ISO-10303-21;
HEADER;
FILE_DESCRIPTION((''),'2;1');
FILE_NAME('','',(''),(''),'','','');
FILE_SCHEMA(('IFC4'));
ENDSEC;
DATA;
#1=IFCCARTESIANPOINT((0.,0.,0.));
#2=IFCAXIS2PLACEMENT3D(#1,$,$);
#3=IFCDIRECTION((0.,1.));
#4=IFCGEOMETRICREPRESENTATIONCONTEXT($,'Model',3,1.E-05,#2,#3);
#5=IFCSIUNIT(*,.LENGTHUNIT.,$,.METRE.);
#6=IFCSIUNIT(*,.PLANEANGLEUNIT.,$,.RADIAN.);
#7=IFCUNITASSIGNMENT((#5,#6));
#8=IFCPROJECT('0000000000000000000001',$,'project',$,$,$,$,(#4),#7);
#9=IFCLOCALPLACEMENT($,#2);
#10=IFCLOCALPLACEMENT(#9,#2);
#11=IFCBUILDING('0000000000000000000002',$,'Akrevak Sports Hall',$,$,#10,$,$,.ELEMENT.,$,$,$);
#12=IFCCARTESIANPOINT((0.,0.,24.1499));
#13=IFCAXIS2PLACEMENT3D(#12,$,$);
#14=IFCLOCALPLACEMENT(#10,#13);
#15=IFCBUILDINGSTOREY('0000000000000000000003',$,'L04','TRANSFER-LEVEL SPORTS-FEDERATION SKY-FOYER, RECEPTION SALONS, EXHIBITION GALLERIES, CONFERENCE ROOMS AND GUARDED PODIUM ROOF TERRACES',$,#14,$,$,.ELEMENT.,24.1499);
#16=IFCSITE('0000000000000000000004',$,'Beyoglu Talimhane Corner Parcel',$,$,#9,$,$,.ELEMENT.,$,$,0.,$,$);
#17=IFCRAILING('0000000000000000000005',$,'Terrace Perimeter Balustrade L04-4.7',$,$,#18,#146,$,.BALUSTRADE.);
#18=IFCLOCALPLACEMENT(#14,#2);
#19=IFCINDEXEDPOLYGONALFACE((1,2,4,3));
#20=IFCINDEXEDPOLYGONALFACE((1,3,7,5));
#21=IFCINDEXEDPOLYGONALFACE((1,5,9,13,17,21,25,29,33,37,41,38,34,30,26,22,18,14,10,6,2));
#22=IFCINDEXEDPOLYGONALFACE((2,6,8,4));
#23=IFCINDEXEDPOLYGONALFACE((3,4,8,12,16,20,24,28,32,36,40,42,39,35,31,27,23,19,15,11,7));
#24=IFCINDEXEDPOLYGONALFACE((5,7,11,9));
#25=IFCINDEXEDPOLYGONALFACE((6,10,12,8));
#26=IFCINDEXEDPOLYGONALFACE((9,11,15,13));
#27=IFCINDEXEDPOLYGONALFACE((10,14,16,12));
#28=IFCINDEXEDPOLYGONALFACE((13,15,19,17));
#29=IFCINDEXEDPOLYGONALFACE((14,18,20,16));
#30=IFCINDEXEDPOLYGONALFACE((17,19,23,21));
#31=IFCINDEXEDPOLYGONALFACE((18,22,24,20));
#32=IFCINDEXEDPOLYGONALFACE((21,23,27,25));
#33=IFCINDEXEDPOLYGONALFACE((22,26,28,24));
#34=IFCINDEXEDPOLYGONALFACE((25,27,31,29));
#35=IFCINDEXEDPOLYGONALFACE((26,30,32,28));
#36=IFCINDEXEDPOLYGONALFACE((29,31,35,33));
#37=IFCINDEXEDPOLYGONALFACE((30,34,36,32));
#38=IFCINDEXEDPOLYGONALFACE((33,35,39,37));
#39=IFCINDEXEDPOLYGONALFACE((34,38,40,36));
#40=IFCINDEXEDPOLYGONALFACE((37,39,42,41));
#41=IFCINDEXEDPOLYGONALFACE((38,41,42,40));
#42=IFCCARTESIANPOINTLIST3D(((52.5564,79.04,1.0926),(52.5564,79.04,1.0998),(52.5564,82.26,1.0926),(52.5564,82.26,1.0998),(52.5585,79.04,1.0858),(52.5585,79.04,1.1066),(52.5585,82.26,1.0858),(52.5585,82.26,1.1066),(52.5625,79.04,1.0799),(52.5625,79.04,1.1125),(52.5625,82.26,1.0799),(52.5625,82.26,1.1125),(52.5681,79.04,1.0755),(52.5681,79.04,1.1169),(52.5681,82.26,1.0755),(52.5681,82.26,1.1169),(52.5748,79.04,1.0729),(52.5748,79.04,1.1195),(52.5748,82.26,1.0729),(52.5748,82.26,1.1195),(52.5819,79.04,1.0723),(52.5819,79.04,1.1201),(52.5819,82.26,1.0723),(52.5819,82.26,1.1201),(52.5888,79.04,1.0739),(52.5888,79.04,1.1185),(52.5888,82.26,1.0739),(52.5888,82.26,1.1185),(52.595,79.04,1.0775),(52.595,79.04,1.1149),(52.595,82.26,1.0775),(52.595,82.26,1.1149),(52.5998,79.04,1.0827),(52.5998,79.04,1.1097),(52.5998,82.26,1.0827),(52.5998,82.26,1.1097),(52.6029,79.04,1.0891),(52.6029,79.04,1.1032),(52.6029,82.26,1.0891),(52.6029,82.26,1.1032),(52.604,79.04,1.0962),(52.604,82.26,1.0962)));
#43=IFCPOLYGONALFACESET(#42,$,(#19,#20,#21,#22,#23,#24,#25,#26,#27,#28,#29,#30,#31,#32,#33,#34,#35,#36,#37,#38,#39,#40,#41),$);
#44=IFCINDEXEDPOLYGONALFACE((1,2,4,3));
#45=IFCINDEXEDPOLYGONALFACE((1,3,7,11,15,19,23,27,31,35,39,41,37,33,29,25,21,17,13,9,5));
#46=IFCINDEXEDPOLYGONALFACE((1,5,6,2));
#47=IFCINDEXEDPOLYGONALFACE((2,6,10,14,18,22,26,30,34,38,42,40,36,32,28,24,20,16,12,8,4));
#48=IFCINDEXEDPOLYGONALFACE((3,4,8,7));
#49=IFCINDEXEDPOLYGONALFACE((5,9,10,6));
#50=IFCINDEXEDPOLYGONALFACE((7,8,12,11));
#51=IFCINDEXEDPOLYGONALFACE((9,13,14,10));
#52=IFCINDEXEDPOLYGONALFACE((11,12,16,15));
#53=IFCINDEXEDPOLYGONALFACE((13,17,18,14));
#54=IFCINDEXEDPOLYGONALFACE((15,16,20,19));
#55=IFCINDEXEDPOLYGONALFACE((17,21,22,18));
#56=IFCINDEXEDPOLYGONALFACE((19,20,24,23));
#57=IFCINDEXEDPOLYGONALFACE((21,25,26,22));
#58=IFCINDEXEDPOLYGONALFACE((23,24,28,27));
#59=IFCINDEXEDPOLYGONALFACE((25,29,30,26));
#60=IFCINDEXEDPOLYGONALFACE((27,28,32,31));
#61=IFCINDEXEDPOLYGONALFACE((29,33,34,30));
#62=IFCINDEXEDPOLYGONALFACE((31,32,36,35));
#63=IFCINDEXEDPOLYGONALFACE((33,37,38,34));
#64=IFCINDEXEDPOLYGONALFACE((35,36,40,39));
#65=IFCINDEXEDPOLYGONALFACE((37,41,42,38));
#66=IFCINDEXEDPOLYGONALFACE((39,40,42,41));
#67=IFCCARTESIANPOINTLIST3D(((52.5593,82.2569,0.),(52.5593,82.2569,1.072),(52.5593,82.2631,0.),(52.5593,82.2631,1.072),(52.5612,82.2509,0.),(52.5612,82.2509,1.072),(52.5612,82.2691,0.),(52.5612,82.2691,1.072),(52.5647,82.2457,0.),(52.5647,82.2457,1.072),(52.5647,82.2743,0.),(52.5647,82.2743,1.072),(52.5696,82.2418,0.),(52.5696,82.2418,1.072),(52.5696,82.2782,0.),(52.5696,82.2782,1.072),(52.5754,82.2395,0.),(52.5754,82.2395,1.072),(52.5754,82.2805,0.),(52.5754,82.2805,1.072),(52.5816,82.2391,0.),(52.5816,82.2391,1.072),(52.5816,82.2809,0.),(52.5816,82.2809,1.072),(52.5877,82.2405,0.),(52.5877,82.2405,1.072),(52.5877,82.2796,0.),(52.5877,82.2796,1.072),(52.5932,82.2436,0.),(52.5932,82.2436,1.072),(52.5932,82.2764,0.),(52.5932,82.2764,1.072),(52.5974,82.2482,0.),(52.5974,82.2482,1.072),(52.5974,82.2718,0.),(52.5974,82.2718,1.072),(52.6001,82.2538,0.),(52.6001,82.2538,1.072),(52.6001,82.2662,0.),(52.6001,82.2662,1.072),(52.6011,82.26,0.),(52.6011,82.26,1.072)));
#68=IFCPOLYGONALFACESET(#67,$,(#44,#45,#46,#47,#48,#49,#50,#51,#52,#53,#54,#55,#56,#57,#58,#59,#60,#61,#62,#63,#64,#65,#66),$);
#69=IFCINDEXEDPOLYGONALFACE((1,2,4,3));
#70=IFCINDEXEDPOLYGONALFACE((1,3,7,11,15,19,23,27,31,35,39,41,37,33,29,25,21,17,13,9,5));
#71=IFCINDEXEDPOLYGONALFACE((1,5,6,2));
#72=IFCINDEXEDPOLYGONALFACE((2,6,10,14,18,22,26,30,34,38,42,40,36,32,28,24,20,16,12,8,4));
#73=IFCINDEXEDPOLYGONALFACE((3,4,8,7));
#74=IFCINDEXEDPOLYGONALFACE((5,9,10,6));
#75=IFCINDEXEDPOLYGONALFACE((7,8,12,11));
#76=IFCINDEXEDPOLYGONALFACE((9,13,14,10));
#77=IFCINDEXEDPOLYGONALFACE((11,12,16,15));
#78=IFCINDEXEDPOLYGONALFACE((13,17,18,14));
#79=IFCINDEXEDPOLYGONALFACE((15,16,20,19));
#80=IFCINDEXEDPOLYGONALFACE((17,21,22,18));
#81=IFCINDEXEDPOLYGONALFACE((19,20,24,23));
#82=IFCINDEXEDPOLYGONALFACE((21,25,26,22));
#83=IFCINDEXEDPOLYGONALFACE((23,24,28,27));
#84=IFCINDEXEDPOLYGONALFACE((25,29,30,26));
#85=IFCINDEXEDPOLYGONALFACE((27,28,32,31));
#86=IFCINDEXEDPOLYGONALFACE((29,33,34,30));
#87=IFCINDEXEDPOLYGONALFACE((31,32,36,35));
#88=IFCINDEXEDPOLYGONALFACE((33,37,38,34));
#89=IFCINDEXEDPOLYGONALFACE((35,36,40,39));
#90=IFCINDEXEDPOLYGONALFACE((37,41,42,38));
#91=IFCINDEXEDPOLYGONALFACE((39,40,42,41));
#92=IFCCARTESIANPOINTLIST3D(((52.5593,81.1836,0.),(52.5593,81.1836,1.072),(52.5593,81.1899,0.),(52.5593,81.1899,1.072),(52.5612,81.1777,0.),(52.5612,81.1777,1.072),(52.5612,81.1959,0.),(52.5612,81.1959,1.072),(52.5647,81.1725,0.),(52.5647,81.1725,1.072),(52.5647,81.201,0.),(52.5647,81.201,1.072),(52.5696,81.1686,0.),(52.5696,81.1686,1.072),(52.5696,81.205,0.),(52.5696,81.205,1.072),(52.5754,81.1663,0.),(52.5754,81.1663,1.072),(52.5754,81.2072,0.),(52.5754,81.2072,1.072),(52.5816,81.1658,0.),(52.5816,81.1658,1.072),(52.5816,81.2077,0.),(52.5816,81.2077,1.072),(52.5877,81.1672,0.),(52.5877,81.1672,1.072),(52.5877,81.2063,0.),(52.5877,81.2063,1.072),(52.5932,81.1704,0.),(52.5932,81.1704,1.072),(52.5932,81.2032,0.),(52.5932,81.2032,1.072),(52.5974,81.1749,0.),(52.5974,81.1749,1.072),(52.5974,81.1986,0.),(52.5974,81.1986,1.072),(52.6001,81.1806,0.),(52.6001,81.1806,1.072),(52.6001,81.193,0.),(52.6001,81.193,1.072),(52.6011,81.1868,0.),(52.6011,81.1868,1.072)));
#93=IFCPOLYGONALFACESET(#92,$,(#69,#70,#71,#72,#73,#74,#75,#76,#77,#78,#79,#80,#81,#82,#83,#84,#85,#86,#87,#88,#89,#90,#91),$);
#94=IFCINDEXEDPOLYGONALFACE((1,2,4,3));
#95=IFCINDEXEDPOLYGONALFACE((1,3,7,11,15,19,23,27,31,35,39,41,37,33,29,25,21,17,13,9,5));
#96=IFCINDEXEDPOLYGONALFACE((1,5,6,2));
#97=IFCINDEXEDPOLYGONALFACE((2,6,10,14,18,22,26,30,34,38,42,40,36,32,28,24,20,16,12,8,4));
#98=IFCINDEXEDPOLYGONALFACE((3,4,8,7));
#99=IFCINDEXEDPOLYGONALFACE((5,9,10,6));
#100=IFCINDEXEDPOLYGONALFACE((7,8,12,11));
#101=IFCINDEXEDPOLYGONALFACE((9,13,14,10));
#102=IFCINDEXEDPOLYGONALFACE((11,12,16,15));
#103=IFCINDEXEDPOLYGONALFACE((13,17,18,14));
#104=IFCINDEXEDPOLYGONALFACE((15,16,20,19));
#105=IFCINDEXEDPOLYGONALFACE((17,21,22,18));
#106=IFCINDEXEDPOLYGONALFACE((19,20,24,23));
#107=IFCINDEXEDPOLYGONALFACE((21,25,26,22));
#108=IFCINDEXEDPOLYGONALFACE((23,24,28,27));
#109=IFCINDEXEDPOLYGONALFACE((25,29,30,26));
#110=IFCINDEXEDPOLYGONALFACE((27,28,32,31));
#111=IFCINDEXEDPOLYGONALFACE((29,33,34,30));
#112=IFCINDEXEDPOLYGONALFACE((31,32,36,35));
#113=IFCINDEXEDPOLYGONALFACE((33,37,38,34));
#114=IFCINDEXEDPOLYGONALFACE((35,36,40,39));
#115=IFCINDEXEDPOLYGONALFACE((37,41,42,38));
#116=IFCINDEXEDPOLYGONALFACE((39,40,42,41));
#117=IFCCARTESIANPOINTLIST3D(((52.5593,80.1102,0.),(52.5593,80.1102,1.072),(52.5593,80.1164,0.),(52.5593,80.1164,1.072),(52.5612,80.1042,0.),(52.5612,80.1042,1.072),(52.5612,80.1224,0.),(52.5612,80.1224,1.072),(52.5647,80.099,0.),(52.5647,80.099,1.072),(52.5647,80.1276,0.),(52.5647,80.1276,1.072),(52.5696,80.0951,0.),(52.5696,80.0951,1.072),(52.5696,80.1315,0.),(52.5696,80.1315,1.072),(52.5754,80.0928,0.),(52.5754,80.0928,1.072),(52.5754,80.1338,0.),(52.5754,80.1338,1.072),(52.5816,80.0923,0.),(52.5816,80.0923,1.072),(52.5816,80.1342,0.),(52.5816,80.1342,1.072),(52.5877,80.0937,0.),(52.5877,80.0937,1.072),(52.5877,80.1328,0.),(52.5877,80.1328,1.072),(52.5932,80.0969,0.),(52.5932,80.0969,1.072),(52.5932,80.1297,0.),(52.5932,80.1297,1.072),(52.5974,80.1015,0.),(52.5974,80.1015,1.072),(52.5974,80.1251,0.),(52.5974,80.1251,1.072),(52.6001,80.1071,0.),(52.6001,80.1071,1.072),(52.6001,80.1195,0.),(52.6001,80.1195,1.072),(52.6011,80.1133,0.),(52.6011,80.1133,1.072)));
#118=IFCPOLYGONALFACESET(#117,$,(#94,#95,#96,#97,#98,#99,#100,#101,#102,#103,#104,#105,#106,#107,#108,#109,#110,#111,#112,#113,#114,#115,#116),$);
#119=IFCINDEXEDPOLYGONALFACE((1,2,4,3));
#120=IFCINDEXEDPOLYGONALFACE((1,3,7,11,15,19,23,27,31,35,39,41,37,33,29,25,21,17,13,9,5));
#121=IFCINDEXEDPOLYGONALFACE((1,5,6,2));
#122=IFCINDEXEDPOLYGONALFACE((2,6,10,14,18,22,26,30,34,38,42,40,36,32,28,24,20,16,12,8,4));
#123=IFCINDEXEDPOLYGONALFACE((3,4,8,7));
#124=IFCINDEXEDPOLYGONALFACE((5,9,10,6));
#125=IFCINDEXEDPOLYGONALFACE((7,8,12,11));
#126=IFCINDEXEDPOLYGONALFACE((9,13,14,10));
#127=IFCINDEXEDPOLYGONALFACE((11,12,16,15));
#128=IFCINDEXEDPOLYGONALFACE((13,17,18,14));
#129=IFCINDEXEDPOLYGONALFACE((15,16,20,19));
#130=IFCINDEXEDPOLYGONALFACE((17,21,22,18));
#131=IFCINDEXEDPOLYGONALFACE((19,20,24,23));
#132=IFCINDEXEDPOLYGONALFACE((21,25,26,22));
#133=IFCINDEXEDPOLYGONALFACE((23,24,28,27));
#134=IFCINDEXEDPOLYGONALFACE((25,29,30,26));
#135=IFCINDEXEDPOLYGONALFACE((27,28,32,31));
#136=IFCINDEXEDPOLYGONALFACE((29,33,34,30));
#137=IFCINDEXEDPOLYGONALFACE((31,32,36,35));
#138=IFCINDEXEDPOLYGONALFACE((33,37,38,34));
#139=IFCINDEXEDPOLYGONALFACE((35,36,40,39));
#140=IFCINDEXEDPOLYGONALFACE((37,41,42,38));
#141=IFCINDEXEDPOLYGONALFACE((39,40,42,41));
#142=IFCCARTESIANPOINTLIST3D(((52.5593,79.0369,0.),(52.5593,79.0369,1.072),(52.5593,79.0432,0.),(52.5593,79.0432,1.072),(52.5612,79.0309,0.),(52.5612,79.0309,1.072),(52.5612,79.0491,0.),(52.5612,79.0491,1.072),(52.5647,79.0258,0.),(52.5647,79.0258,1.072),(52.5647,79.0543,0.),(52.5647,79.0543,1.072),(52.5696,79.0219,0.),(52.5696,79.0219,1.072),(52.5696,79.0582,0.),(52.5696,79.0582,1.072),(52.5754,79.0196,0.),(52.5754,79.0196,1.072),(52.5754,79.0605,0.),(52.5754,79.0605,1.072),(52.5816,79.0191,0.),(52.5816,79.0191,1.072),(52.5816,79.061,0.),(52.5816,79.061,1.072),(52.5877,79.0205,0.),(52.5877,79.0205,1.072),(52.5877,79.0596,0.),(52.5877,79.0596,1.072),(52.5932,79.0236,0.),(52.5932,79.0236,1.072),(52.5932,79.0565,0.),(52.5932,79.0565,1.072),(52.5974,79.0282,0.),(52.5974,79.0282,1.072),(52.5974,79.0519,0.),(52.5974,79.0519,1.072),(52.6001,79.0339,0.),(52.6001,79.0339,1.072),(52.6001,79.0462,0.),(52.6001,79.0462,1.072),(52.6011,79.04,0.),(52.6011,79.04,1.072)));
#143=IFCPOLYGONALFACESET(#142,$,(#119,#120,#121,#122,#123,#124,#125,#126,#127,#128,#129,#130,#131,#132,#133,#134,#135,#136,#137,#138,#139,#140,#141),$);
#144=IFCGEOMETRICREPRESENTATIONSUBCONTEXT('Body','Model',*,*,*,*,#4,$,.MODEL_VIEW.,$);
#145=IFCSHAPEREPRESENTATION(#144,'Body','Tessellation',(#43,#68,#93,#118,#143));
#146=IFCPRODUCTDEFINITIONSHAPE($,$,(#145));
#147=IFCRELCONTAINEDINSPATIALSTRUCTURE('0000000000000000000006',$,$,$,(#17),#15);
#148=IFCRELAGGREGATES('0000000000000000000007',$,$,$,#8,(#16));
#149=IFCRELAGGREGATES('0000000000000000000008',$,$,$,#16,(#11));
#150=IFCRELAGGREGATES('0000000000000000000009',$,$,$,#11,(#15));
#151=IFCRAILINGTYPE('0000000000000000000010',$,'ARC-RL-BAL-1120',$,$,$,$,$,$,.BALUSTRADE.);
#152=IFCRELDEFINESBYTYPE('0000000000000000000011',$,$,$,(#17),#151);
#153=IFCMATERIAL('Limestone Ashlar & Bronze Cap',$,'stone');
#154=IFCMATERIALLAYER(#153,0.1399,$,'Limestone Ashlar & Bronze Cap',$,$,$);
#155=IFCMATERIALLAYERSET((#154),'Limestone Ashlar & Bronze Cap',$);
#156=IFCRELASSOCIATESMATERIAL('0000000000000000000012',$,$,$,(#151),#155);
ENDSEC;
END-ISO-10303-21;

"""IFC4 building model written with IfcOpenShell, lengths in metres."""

from ifc_helpers import new_model, si_unit, direction, frame, origin, origin_2d, place, context, subcontext, project, spatial, circle, extrude, material, layer, layer_set, type_object, element, save


model = new_model("IFC4")

# Units and contexts
model_context = context("Model", 3, precision=1e-05, world=origin(), true_north=direction((0.0, 1.0)))
body_context = subcontext(model_context, "Body", "Model", "MODEL_VIEW")
ifc_project = project(units=[si_unit("LENGTHUNIT", "METRE"), si_unit("PLANEANGLEUNIT", "RADIAN")], contexts=[model_context])

# Site, building, storey
site_placement = place(None, origin())
site = spatial("IfcSite", under=ifc_project, at=site_placement, Name="Beyoglu Talimhane Corner Parcel", CompositionType="ELEMENT", RefElevation=0.0)
building_placement = place(site_placement, origin())
building = spatial("IfcBuilding", under=site, at=building_placement, Name="Akrevak Sports Hall", CompositionType="ELEMENT")
storey_placement = place(building_placement, frame((0.0, 0.0, 24.1499)))
storey = spatial("IfcBuildingStorey", under=building, at=storey_placement, Name="L04", Description="TRANSFER-LEVEL SPORTS-FEDERATION SKY-FOYER, RECEPTION SALONS, EXHIBITION GALLERIES, CONFERENCE ROOMS AND GUARDED PODIUM ROOF TERRACES", CompositionType="ELEMENT", Elevation=24.1499)

# Railing
ifc_material_1 = material(Name="Limestone Ashlar & Bronze Cap", Category="stone")
ifc_layer_1 = layer(ifc_material_1, 0.1399, Name="Limestone Ashlar & Bronze Cap")
ifc_layer_set_1 = layer_set([ifc_layer_1], Name="Limestone Ashlar & Bronze Cap")
railing_type = type_object("IfcRailingType", Name="ARC-RL-BAL-1120", PredefinedType="BALUSTRADE", material=ifc_layer_set_1)
railing_1_placement = place(storey_placement, frame((52.5801, 82.26, 0.0)))
element("IfcRailing", 1, at=railing_1_placement, inside=storey, type_object=railing_type, Name="Terrace Perimeter Balustrade L04-4.7", PredefinedType="BALUSTRADE", context=body_context, shape_type="SweptSolid", body=[
    extrude(circle(Radius=0.0239, at=origin_2d()), frame((0.0, 0.0, 1.0962), z_axis=(0.0, -1.0, 0.0), x_axis=(1.0, 0.0, 0.0)), (0.0, 0.0, 1.0), 3.22),
    extrude(circle(Radius=0.021, at=origin_2d()), origin(), (0.0, 0.0, 1.0), 1.072),
    extrude(circle(Radius=0.021, at=origin_2d()), frame((0.0, -1.0732, 0.0)), (0.0, 0.0, 1.0), 1.072),
    extrude(circle(Radius=0.021, at=origin_2d()), frame((0.0, -2.1467, 0.0)), (0.0, 0.0, 1.0), 1.072),
    extrude(circle(Radius=0.021, at=origin_2d()), frame((0.0, -3.22, 0.0)), (0.0, 0.0, 1.0), 1.072),
])

save(model, "model.ifc")
